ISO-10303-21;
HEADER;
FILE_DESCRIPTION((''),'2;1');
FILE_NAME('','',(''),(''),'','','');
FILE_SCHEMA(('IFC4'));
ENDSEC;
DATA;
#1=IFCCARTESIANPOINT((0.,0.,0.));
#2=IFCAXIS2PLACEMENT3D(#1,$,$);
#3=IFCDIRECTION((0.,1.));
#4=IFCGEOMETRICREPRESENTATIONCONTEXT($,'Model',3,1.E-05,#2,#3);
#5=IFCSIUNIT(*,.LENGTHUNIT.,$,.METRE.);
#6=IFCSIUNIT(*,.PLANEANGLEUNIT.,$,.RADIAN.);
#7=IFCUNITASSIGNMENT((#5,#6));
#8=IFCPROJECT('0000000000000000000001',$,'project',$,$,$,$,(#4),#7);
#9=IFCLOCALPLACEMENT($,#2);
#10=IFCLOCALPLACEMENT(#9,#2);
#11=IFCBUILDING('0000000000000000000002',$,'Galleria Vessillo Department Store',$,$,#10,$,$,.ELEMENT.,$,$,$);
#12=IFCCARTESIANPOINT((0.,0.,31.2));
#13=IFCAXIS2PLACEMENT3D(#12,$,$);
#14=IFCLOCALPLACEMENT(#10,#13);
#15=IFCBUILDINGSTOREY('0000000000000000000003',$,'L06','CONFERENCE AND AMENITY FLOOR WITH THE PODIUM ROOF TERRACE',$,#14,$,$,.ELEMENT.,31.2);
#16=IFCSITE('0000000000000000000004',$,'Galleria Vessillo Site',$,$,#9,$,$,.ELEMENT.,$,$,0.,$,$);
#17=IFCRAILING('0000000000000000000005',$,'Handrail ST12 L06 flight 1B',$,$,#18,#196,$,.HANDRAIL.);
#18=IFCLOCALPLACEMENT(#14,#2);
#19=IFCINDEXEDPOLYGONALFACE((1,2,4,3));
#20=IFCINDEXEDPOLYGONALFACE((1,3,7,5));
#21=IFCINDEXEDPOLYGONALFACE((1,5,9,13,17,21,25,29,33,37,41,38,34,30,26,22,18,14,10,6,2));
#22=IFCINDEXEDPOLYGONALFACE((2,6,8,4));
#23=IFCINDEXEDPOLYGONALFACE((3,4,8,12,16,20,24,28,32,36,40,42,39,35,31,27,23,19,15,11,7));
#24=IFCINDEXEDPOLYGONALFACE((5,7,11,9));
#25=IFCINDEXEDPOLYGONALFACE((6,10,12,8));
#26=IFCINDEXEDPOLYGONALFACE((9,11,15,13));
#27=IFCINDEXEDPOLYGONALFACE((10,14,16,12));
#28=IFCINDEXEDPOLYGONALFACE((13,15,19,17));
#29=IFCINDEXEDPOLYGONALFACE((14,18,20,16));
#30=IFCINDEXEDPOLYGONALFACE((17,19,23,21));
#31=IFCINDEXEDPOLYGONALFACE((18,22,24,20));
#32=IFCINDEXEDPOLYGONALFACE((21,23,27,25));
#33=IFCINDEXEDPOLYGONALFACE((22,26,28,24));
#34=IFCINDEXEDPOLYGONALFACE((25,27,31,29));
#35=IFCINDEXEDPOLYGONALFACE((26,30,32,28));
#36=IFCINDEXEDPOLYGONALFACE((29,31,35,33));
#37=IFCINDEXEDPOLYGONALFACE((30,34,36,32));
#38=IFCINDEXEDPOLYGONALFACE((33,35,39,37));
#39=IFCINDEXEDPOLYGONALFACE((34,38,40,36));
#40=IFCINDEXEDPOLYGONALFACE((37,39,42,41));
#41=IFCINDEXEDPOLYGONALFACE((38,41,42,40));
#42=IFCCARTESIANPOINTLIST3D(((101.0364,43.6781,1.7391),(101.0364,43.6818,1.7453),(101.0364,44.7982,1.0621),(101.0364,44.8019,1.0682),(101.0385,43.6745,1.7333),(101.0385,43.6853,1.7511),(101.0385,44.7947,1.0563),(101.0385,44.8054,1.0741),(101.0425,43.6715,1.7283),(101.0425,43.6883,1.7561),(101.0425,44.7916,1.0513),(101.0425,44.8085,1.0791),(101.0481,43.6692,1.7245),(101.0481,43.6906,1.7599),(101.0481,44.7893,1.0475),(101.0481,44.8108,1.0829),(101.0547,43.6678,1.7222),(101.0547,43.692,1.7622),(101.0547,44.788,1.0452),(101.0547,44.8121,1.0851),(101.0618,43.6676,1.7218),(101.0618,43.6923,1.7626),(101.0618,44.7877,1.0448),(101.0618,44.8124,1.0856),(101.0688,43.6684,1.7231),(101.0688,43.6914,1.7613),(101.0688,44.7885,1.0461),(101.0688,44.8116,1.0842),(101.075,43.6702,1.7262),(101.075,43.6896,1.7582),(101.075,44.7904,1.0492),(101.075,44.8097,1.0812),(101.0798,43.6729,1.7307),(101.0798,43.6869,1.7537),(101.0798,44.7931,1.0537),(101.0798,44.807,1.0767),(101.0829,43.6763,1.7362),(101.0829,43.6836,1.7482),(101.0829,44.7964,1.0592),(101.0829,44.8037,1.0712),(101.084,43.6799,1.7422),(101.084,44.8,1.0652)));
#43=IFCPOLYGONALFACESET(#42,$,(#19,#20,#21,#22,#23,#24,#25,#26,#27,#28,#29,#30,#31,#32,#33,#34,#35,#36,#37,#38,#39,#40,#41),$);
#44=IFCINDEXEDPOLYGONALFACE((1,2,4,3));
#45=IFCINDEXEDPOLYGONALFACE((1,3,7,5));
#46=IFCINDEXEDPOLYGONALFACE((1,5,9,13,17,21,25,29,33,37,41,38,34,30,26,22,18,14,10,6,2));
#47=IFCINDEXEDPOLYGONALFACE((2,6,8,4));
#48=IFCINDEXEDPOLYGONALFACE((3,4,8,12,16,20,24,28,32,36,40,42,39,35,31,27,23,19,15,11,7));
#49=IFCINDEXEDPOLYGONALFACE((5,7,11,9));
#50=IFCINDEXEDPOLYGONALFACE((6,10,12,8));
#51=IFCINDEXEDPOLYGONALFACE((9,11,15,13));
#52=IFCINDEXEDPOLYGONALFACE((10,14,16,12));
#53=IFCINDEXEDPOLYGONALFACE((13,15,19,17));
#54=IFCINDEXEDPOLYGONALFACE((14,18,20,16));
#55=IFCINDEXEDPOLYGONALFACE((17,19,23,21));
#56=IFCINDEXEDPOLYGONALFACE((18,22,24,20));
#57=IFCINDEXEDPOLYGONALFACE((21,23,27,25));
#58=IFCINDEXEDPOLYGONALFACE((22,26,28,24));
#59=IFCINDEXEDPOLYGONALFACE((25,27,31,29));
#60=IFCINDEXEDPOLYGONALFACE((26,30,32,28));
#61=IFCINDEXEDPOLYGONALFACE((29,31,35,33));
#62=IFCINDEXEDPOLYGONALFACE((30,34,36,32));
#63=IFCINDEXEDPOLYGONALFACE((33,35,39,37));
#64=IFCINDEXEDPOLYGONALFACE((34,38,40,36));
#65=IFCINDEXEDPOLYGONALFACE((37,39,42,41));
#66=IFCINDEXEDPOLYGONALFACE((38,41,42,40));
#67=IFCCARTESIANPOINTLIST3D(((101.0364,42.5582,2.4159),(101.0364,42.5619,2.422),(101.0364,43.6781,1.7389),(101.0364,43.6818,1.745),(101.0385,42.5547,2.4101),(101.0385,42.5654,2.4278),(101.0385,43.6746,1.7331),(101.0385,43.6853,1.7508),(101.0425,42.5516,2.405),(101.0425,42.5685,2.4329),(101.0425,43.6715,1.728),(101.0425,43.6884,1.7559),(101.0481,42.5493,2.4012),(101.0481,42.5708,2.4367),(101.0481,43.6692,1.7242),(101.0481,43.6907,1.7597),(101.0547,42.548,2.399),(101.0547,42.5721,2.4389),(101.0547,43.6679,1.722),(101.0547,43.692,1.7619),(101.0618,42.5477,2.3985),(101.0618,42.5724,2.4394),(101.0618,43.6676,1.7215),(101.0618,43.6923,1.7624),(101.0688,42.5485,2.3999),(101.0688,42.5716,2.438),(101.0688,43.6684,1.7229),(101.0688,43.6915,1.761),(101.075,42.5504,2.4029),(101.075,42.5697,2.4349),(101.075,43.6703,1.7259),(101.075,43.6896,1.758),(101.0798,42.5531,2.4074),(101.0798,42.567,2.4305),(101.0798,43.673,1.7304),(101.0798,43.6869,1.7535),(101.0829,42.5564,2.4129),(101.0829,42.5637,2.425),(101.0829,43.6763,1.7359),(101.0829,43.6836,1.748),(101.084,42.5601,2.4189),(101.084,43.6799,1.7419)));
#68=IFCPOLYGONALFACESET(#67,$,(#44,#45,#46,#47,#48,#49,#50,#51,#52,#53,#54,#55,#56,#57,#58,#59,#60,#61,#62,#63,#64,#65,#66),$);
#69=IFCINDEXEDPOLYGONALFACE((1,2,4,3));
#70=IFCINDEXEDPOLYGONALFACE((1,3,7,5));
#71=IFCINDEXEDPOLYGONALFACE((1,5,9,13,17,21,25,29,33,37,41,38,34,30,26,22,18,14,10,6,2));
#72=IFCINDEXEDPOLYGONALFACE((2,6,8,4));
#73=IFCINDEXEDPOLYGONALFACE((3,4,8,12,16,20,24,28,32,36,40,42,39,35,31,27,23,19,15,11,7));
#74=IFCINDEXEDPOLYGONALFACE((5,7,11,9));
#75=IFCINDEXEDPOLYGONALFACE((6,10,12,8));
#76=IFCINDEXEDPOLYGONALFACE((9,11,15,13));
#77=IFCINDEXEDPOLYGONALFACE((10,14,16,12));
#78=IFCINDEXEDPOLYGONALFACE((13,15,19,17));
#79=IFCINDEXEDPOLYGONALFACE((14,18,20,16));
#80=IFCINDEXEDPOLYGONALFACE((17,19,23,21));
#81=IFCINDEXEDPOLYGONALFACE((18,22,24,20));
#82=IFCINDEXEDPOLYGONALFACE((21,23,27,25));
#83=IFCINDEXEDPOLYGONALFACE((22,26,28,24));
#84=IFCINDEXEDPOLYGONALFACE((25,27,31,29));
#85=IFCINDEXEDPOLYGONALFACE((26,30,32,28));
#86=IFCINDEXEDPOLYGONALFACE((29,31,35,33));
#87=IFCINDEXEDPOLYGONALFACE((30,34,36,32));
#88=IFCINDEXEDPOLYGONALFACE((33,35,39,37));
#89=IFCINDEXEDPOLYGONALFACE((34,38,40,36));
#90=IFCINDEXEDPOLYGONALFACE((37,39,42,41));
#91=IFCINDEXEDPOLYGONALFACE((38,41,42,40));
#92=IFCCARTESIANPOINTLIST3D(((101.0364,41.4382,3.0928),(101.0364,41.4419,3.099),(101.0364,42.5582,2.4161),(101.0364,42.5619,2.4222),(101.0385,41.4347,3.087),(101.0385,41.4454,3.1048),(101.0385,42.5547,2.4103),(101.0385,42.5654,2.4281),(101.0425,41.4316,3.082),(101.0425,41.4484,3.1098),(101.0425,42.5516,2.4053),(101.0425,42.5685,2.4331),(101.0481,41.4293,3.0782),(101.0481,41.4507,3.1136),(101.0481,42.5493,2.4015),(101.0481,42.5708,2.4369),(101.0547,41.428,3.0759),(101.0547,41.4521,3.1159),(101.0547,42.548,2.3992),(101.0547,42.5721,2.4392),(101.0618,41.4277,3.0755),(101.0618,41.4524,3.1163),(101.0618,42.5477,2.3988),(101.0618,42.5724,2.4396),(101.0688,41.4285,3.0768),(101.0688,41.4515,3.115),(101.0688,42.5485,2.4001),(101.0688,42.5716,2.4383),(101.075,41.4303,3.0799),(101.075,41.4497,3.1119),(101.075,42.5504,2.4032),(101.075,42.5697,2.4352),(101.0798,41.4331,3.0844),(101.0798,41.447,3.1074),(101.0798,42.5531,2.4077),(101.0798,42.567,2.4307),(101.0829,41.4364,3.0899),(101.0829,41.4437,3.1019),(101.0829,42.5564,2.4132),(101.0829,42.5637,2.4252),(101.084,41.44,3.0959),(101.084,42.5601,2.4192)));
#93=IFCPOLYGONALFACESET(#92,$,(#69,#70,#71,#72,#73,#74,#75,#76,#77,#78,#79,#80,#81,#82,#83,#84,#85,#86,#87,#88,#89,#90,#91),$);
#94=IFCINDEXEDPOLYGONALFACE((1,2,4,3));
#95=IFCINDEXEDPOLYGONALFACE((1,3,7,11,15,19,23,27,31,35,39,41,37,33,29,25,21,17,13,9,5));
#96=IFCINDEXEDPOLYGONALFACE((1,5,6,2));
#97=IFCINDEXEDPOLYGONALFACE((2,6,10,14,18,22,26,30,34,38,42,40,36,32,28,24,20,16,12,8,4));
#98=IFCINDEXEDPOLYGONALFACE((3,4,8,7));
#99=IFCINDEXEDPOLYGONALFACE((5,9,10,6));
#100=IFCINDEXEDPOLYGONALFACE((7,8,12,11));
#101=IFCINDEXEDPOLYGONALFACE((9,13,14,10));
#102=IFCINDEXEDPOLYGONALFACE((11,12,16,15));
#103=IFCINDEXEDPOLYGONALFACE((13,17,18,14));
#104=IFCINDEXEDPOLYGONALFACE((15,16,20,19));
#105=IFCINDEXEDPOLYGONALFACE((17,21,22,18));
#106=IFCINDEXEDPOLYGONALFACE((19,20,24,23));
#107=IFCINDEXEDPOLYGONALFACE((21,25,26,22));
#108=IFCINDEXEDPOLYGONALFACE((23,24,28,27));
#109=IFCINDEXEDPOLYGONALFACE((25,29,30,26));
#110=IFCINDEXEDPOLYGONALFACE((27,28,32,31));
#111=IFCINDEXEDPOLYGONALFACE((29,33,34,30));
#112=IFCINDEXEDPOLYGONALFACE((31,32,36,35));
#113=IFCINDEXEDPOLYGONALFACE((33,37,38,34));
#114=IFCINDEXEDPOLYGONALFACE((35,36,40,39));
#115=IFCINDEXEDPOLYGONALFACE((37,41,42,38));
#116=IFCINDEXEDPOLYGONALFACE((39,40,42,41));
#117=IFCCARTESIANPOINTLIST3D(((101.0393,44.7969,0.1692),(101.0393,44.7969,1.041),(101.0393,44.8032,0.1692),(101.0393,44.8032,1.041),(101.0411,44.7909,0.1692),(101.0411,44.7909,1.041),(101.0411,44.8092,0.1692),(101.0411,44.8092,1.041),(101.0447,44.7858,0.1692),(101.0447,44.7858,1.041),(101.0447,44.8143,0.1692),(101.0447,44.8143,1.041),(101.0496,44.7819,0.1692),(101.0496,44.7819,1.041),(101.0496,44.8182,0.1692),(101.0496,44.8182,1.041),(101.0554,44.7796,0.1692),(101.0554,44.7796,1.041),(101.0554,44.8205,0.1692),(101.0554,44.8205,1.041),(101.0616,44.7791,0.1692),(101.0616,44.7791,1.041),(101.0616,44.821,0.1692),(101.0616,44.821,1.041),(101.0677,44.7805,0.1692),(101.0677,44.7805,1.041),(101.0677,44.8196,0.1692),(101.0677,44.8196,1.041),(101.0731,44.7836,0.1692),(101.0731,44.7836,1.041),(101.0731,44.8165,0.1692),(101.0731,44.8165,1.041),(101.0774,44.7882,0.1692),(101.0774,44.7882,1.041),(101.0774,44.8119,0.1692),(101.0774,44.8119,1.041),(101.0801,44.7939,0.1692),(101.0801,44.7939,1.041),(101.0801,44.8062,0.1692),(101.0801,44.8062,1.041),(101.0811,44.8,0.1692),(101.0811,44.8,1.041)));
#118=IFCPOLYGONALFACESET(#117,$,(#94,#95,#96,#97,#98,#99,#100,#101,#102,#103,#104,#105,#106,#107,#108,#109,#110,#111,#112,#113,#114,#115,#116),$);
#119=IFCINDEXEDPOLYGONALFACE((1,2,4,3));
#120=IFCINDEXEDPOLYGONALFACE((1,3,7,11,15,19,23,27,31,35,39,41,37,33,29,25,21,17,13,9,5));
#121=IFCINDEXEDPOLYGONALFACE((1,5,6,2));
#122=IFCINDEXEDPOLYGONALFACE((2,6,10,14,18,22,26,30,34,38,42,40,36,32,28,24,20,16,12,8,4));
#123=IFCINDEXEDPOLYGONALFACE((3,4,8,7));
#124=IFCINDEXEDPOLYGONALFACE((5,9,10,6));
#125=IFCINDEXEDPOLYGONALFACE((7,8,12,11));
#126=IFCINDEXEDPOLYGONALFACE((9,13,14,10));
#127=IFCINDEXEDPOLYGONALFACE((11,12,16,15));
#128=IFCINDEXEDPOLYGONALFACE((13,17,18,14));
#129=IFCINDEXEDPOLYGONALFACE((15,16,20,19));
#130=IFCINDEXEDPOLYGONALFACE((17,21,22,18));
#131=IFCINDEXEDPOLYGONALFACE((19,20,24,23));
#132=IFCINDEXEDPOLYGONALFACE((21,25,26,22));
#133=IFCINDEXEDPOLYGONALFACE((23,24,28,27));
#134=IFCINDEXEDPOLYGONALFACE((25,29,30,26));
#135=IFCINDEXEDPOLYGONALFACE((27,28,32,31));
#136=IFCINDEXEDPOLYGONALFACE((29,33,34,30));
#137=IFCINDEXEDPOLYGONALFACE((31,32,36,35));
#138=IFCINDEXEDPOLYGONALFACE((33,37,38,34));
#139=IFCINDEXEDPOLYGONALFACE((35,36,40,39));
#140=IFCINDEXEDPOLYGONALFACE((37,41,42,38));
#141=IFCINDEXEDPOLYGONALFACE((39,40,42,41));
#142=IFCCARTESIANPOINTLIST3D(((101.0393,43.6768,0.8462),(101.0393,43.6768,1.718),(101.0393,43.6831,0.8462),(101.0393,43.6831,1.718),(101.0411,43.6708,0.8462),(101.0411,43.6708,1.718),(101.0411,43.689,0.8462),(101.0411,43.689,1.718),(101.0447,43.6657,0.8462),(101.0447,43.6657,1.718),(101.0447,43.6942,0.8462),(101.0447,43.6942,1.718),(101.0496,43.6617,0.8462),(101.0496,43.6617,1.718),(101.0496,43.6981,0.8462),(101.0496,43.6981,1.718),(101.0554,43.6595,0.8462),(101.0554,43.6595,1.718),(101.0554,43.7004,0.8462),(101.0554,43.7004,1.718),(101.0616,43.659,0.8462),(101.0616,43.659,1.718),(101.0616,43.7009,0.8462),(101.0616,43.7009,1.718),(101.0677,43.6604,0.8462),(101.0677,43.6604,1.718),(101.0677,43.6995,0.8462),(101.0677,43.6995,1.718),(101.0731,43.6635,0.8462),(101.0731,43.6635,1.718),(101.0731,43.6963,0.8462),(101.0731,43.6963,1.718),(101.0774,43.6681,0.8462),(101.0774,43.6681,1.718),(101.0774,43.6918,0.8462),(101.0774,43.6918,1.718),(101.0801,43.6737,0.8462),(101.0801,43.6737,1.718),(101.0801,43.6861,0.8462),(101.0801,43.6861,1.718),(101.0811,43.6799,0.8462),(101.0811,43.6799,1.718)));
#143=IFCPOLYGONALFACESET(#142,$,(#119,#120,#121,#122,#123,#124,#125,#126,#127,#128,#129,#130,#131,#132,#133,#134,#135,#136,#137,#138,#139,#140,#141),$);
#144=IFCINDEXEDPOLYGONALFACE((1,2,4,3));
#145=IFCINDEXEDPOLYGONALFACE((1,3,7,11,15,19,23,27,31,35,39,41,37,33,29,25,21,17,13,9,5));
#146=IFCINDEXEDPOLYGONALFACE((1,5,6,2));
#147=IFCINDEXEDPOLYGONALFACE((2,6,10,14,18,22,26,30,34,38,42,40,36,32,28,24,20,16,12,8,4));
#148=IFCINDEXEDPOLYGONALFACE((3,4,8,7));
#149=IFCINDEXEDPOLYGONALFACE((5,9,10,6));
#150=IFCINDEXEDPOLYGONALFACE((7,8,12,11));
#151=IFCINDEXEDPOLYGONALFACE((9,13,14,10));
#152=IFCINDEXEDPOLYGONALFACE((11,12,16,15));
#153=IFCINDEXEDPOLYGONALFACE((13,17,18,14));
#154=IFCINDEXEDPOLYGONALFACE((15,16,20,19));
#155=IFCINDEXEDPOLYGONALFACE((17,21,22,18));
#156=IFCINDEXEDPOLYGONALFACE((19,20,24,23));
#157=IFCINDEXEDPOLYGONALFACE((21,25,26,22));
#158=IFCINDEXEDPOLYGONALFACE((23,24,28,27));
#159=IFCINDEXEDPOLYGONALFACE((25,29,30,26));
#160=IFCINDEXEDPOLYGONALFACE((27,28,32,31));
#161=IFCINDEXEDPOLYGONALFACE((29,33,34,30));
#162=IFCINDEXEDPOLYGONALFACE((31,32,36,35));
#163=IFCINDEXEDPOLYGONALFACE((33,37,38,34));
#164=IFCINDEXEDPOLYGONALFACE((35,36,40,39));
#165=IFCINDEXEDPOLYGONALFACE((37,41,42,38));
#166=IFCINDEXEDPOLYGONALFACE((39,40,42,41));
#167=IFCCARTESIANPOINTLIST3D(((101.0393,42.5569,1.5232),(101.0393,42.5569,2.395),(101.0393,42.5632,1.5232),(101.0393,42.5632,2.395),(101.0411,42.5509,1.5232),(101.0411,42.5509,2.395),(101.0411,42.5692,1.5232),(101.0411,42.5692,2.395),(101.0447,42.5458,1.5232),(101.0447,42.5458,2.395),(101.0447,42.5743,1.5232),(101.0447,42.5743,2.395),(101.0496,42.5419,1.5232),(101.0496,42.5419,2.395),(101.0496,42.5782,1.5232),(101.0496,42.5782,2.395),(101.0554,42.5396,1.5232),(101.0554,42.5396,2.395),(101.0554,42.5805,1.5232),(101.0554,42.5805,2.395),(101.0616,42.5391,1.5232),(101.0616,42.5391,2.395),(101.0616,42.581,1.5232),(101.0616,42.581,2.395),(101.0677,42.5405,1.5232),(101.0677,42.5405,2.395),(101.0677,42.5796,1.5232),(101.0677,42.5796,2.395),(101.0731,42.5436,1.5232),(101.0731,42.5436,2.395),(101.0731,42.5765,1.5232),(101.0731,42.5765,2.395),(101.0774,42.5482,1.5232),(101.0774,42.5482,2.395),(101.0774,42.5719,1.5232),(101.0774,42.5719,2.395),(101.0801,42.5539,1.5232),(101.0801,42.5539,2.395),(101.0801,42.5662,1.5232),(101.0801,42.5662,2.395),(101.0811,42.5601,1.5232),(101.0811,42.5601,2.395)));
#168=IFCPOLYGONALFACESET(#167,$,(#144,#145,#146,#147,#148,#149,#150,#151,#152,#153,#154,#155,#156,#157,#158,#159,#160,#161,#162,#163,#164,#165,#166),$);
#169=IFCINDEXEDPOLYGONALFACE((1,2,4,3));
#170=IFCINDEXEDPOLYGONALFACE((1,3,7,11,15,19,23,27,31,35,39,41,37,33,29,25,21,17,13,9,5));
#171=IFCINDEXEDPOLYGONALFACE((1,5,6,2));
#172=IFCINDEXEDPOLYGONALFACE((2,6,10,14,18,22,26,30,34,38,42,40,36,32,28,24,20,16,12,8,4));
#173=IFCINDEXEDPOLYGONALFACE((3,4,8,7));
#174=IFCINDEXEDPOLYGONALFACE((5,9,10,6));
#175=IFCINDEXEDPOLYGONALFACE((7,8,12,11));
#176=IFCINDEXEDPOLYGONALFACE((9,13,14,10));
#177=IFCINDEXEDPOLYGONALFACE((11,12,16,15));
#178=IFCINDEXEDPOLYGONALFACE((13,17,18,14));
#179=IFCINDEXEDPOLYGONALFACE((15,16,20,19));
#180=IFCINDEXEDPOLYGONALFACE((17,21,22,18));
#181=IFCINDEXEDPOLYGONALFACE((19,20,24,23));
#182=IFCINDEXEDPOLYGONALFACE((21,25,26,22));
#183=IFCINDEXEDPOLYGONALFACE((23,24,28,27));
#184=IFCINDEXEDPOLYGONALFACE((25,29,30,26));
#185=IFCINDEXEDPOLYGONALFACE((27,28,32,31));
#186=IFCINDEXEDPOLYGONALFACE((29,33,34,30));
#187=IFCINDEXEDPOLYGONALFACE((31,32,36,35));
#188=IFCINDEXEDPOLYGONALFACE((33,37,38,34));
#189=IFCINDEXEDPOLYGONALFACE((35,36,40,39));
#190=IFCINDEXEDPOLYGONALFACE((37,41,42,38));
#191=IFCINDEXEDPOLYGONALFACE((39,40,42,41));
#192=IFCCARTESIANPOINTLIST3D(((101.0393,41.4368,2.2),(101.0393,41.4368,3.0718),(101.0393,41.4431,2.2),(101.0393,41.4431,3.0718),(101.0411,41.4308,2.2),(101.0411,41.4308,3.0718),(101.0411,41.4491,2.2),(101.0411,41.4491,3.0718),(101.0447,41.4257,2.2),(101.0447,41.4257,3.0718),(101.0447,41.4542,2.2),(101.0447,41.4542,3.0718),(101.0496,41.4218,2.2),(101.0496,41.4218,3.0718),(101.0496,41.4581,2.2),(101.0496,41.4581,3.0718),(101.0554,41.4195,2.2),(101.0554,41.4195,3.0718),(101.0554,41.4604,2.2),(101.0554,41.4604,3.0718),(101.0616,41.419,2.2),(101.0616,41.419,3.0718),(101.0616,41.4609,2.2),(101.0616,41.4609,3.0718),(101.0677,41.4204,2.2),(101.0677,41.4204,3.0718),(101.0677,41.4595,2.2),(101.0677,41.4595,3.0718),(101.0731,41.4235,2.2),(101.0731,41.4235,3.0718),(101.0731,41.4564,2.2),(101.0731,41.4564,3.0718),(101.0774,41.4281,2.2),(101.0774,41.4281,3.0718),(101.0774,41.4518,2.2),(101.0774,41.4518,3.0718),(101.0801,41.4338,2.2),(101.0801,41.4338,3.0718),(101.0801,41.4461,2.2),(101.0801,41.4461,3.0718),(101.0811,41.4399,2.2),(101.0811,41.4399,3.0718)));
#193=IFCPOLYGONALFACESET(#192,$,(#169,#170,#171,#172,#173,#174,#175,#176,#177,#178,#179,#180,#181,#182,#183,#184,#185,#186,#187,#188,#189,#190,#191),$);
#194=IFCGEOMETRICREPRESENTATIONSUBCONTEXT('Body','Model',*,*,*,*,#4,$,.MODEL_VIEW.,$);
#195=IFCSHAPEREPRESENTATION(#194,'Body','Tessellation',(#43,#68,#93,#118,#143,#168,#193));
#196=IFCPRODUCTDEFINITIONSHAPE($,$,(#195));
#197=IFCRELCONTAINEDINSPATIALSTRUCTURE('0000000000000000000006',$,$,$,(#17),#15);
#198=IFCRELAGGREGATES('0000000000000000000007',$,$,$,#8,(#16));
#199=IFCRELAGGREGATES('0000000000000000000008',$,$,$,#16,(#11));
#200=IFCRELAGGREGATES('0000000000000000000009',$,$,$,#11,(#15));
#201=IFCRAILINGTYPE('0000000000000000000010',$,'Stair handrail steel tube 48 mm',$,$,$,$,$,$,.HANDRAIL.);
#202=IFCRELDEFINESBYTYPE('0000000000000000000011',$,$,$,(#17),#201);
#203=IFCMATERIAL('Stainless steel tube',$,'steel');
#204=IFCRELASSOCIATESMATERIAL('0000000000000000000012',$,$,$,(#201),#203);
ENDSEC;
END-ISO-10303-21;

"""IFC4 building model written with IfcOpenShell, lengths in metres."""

from ifc_helpers import new_model, si_unit, direction, frame, origin, origin_2d, place, context, subcontext, project, spatial, circle, extrude, material, type_object, element, save


model = new_model("IFC4")

# Units and contexts
model_context = context("Model", 3, precision=1e-05, world=origin(), true_north=direction((0.0, 1.0)))
body_context = subcontext(model_context, "Body", "Model", "MODEL_VIEW")
ifc_project = project(units=[si_unit("LENGTHUNIT", "METRE"), si_unit("PLANEANGLEUNIT", "RADIAN")], contexts=[model_context])

# Site, building, storey
site_placement = place(None, origin())
site = spatial("IfcSite", under=ifc_project, at=site_placement, Name="Galleria Vessillo Site", CompositionType="ELEMENT", RefElevation=0.0)
building_placement = place(site_placement, origin())
building = spatial("IfcBuilding", under=site, at=building_placement, Name="Galleria Vessillo Department Store", CompositionType="ELEMENT")
storey_placement = place(building_placement, frame((0.0, 0.0, 31.2)))
storey = spatial("IfcBuildingStorey", under=building, at=storey_placement, Name="L06", Description="CONFERENCE AND AMENITY FLOOR WITH THE PODIUM ROOF TERRACE", CompositionType="ELEMENT", Elevation=31.2)

# Railing
ifc_material_1 = material(Name="Stainless steel tube", Category="steel")
railing_type = type_object("IfcRailingType", Name="Stair handrail steel tube 48 mm", PredefinedType="HANDRAIL", material=ifc_material_1)
for number, where, name in (
    (1, (101.0601, 44.8, 0.1692), "Handrail ST12 L06 flight 1B"),
):
    element("IfcRailing", number, at=place(storey_placement, frame(where)), inside=storey, type_object=railing_type, Name=name, PredefinedType="HANDRAIL", context=body_context, shape_type="SweptSolid", body=[
        extrude(circle(Radius=0.0239, at=origin_2d()), frame((0.0, 0.0, 0.896), z_axis=(0.0, -0.855826, 0.517264), x_axis=(1.0, 0.0, 0.0)), (0.0, 0.0, 1.0), 1.3088),
        extrude(circle(Radius=0.0239, at=origin_2d()), frame((0.0, -1.1201, 1.5728), z_axis=(0.0, -0.855776, 0.517346), x_axis=(1.0, 0.0, 0.0)), (0.0, 0.0, 1.0), 1.3086),
        extrude(circle(Radius=0.0239, at=origin_2d()), frame((0.0, -2.24, 2.25), z_axis=(0.0, -0.855909, 0.517127), x_axis=(1.0, 0.0, 0.0)), (0.0, 0.0, 1.0), 1.3086),
        extrude(circle(Radius=0.021, at=origin_2d()), origin(), (0.0, 0.0, 1.0), 0.8718),
        extrude(circle(Radius=0.021, at=origin_2d()), frame((0.0, -1.1201, 0.677)), (0.0, 0.0, 1.0), 0.8718),
        extrude(circle(Radius=0.021, at=origin_2d()), frame((0.0, -2.24, 1.354)), (0.0, 0.0, 1.0), 0.8718),
        extrude(circle(Radius=0.021, at=origin_2d()), frame((0.0, -3.3601, 2.0308)), (0.0, 0.0, 1.0), 0.8718),
    ])

save(model, "model.ifc")
